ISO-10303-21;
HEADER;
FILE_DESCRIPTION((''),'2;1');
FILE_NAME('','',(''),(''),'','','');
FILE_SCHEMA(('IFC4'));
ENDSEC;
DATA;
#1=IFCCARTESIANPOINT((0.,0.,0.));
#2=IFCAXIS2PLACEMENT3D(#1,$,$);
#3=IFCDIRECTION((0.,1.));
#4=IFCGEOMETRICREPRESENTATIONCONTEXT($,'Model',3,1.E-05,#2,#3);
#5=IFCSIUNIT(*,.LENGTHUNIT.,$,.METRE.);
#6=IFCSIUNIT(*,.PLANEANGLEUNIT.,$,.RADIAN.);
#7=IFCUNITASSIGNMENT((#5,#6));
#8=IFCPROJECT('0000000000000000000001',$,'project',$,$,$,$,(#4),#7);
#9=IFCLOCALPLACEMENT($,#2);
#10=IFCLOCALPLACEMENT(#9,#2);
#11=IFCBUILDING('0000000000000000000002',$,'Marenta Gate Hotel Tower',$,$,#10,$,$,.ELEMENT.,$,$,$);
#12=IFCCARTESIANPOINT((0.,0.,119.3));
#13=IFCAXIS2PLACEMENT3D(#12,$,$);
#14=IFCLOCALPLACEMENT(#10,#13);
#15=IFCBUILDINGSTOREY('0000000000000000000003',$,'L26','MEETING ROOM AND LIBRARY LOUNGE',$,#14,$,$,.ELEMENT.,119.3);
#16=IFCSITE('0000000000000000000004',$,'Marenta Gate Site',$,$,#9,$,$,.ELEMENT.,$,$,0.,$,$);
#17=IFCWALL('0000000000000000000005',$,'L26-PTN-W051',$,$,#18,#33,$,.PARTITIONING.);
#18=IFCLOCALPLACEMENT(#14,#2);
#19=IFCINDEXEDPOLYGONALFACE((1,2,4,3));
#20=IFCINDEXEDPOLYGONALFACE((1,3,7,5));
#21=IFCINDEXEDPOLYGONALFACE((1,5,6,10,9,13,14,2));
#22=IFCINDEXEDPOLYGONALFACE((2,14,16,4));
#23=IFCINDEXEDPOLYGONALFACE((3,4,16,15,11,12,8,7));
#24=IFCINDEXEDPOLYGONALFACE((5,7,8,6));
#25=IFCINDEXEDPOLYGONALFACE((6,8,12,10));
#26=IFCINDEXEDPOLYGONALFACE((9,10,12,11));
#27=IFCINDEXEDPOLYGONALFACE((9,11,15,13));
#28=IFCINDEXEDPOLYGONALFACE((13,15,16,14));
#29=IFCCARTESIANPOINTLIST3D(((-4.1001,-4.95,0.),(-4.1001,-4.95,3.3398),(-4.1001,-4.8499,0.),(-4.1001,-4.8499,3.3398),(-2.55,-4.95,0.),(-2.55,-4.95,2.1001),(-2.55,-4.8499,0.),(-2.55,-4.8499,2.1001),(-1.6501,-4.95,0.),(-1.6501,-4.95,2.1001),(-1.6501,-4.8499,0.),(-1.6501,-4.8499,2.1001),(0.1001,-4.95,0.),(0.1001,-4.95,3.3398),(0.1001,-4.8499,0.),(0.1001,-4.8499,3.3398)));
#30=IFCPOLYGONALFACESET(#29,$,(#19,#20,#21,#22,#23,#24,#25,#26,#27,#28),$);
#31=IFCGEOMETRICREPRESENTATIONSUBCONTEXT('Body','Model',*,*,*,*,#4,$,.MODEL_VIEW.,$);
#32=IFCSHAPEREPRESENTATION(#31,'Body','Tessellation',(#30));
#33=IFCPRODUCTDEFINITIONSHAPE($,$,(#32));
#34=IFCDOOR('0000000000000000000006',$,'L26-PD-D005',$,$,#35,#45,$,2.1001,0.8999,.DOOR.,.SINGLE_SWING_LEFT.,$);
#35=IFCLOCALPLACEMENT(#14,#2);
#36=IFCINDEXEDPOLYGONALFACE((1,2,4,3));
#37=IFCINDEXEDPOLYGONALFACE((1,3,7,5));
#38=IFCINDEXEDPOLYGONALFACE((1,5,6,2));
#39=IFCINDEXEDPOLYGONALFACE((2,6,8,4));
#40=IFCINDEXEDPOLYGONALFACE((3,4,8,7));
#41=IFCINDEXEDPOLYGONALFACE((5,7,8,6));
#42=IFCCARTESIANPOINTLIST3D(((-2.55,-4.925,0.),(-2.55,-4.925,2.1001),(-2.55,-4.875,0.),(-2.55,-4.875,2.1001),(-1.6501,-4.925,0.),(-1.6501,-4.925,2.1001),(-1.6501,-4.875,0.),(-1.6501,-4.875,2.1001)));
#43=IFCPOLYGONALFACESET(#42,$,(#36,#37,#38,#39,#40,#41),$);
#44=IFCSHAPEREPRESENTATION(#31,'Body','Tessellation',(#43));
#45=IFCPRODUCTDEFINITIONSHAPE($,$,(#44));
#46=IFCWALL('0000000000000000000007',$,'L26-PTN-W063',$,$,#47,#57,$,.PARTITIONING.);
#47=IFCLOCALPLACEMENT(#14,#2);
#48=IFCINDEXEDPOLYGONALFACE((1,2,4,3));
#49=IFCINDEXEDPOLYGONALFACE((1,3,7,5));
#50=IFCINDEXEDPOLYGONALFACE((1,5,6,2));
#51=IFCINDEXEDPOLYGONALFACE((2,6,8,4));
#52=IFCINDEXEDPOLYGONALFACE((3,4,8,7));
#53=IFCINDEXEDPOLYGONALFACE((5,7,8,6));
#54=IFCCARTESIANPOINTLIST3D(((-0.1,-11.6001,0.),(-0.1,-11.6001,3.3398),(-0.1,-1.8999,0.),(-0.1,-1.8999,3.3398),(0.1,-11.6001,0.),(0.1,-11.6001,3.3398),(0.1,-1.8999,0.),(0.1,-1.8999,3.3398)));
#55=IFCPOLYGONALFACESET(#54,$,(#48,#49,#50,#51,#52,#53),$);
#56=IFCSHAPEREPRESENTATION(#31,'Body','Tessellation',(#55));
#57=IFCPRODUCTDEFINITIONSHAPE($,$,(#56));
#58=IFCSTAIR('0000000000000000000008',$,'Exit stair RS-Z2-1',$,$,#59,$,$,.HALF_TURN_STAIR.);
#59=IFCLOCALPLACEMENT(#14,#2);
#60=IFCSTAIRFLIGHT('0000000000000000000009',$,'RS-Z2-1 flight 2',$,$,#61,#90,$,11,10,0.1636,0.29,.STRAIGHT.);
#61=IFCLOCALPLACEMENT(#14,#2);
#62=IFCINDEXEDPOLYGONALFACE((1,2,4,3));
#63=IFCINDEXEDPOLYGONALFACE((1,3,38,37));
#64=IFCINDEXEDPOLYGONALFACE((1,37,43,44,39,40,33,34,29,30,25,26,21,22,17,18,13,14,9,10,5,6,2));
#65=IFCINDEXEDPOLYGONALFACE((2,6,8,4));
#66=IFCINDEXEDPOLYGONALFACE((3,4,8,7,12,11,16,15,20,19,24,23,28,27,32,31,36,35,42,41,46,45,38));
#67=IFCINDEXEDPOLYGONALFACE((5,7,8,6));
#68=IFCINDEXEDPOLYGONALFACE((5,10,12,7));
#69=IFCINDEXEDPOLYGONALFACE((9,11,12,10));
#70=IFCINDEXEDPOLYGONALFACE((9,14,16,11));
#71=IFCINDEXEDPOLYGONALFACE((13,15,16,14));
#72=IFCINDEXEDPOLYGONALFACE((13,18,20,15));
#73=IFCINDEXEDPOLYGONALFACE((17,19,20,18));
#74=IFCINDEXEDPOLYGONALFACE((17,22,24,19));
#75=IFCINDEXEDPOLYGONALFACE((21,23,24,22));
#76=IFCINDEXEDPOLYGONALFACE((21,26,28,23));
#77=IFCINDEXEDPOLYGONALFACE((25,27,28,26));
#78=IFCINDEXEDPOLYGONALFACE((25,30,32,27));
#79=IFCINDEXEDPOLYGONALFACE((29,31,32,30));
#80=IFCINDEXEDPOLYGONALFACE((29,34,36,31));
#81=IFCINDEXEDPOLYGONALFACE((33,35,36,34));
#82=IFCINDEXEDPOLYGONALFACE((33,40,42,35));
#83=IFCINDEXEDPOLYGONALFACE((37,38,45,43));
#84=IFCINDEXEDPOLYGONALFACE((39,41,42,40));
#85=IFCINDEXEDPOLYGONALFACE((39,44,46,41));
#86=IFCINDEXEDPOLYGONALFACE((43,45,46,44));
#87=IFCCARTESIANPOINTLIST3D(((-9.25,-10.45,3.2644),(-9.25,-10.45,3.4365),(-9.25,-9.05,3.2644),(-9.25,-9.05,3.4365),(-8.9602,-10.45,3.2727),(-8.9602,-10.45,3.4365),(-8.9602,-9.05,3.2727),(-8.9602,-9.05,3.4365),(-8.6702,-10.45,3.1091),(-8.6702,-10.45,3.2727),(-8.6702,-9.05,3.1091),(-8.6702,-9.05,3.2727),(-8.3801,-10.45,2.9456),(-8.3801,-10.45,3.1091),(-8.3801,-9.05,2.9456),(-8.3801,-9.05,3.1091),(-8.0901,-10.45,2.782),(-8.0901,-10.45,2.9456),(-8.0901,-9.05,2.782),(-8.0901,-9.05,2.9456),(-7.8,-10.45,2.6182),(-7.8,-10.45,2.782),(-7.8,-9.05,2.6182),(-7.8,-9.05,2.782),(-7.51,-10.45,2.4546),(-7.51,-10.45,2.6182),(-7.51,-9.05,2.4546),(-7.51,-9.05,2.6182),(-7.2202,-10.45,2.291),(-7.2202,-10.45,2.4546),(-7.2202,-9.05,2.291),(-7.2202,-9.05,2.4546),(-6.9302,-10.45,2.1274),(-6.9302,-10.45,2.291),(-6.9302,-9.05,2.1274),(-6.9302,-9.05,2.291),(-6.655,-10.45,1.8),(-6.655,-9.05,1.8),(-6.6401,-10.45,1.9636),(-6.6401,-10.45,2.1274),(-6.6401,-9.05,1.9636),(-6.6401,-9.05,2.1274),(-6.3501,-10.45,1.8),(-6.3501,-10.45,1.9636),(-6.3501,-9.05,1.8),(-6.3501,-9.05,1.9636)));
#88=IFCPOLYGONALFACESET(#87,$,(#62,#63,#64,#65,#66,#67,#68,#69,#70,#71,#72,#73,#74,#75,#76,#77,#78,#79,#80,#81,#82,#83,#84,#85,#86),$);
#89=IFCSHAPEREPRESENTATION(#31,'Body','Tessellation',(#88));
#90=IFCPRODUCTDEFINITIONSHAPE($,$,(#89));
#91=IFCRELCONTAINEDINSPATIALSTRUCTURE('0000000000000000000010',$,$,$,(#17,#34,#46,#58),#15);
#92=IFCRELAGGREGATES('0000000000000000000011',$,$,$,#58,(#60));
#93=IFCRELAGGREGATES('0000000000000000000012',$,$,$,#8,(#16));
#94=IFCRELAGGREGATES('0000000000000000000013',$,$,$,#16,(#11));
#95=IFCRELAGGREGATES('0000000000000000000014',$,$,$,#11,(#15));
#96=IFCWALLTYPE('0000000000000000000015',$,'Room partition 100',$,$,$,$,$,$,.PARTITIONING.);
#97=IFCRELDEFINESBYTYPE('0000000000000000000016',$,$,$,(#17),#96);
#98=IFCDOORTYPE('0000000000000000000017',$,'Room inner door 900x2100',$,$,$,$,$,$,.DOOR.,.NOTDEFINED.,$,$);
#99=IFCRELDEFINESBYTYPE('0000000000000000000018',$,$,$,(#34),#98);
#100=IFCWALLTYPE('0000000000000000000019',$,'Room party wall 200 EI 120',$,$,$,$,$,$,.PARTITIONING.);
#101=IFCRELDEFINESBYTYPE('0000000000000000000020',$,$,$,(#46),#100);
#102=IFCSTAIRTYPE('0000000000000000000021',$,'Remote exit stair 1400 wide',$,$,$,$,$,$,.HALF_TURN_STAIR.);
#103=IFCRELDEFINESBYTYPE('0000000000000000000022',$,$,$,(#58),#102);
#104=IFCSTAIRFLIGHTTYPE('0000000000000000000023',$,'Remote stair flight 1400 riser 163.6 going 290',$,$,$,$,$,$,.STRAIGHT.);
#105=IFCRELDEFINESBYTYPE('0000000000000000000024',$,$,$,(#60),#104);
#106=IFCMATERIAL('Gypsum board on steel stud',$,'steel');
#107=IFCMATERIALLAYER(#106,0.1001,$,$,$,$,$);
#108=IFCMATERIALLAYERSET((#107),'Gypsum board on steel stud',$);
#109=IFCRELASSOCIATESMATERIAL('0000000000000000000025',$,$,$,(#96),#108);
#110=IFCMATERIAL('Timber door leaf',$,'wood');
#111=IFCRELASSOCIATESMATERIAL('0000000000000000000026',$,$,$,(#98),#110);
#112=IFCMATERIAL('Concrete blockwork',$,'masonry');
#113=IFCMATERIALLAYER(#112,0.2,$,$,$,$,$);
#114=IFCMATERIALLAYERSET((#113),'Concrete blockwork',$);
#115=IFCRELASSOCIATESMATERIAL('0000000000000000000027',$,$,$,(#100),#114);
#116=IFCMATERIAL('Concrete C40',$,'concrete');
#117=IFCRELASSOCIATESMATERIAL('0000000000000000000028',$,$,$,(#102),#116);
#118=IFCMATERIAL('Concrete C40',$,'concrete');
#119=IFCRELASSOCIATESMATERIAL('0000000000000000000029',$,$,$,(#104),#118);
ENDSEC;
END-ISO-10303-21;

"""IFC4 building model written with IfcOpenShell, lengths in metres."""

from ifc_helpers import new_model, si_unit, direction, frame, frame_2d, origin, place, context, subcontext, project, spatial, polyline, rectangle, outline, extrude, material, layer, layer_set, type_object, element, fill, aggregate, save


model = new_model("IFC4")

# Units and contexts
model_context = context("Model", 3, precision=1e-05, world=origin(), true_north=direction((0.0, 1.0)))
body_context = subcontext(model_context, "Body", "Model", "MODEL_VIEW")
ifc_project = project(units=[si_unit("LENGTHUNIT", "METRE"), si_unit("PLANEANGLEUNIT", "RADIAN")], contexts=[model_context])

# Site, building, storey
site_placement = place(None, origin())
site = spatial("IfcSite", under=ifc_project, at=site_placement, Name="Marenta Gate Site", CompositionType="ELEMENT", RefElevation=0.0)
building_placement = place(site_placement, origin())
building = spatial("IfcBuilding", under=site, at=building_placement, Name="Marenta Gate Hotel Tower", CompositionType="ELEMENT")
storey_placement = place(building_placement, frame((0.0, 0.0, 119.3)))
storey = spatial("IfcBuildingStorey", under=building, at=storey_placement, Name="L26", Description="MEETING ROOM AND LIBRARY LOUNGE", CompositionType="ELEMENT", Elevation=119.3)

# Wall, opening, door
ifc_material_1 = material(Name="Gypsum board on steel stud", Category="steel")
ifc_layer_1 = layer(ifc_material_1, 0.1001)
ifc_layer_set_1 = layer_set([ifc_layer_1], Name="Gypsum board on steel stud")
wall_type_1 = type_object("IfcWallType", Name="Room partition 100", PredefinedType="PARTITIONING", material=ifc_layer_set_1)
wall_1_placement = place(storey_placement, frame((-4.1001, -4.8999, 0.0), z_axis=(0.0, 0.0, 1.0), x_axis=(1.0, 0.0, 0.0)))
wall_1 = element("IfcWall", 1, at=wall_1_placement, inside=storey, type_object=wall_type_1, Name="L26-PTN-W051", PredefinedType="PARTITIONING", context=body_context, shape_type="SweptSolid", body=[
    extrude(rectangle(XDim=4.2002, YDim=0.1001, at=frame_2d((2.1001, 0.0))), origin(), (0.0, 0.0, 1.0), 3.3398),
])
opening_1_placement = place(wall_1_placement, frame((1.55, 0.0, 0.0)))
opening_1 = element("IfcOpeningElement", 2, at=opening_1_placement, cuts=wall_1, PredefinedType="OPENING", context=body_context, shape_type="SweptSolid", body=[
    extrude(rectangle(XDim=0.8999, YDim=2.1001, at=frame_2d((0.45, 1.05))), frame((0.0, 0.05, 0.0), z_axis=(0.0, -1.0, 0.0), x_axis=(1.0, 0.0, 0.0)), (0.0, 0.0, 1.0), 0.1001),
])
ifc_material_2 = material(Name="Timber door leaf", Category="wood")
door_type_1 = type_object("IfcDoorType", Name="Room inner door 900x2100", OperationType="NOTDEFINED", PredefinedType="DOOR", material=ifc_material_2)
door_1_placement = place(opening_1_placement, origin())
door_1 = element("IfcDoor", 3, at=door_1_placement, inside=storey, type_object=door_type_1, Name="L26-PD-D005", OperationType="SINGLE_SWING_LEFT", OverallHeight=2.1001, OverallWidth=0.8999, PredefinedType="DOOR", context=body_context, shape_type="SweptSolid", body=[
    extrude(rectangle(XDim=0.8999, YDim=2.1001, at=frame_2d((0.45, 1.05))), frame((0.0, 0.0249, 0.0), z_axis=(0.0, -1.0, 0.0), x_axis=(1.0, 0.0, 0.0)), (0.0, 0.0, 1.0), 0.05),
])
fill(opening_1, door_1)

# Wall
ifc_material_3 = material(Name="Concrete blockwork", Category="masonry")
ifc_layer_2 = layer(ifc_material_3, 0.2)
ifc_layer_set_2 = layer_set([ifc_layer_2], Name="Concrete blockwork")
wall_type_2 = type_object("IfcWallType", Name="Room party wall 200 EI 120", PredefinedType="PARTITIONING", material=ifc_layer_set_2)
wall_2_placement = place(storey_placement, frame((0.0, -11.6001, 0.0), z_axis=(0.0, 0.0, 1.0), x_axis=(0.0, 1.0, 0.0)))
element("IfcWall", 4, at=wall_2_placement, inside=storey, type_object=wall_type_2, Name="L26-PTN-W063", PredefinedType="PARTITIONING", context=body_context, shape_type="SweptSolid", body=[
    extrude(rectangle(XDim=9.7002, YDim=0.2, at=frame_2d((4.8501, 0.0))), origin(), (0.0, 0.0, 1.0), 3.3398),
])

# Stair, stair flight
ifc_material_4 = material(Name="Concrete C40", Category="concrete")
stair_type = type_object("IfcStairType", Name="Remote exit stair 1400 wide", PredefinedType="HALF_TURN_STAIR", material=ifc_material_4)
stair_placement = place(storey_placement, origin())
stair = element("IfcStair", 5, at=stair_placement, inside=storey, type_object=stair_type, Name="Exit stair RS-Z2-1", PredefinedType="HALF_TURN_STAIR")
ifc_material_5 = material(Name="Concrete C40", Category="concrete")
stair_flight_type = type_object("IfcStairFlightType", Name="Remote stair flight 1400 riser 163.6 going 290", PredefinedType="STRAIGHT", material=ifc_material_5)
stair_flight_placement = place(storey_placement, frame((-6.3501, -9.75, 1.8), z_axis=(0.0, 0.0, 1.0), x_axis=(-1.0, 0.0, 0.0)))
stair_flight = element("IfcStairFlight", 6, at=stair_flight_placement, type_object=stair_flight_type, Name="RS-Z2-1 flight 2", NumberOfRisers=11, NumberOfTreads=10, PredefinedType="STRAIGHT", RiserHeight=0.1636, TreadLength=0.29, context=body_context, shape_type="SweptSolid", body=[
    extrude(outline(polyline([(0.0, 0.0), (0.0, 0.1636), (0.29, 0.1636), (0.29, 0.3274), (0.5801, 0.3274), (0.5801, 0.491), (0.8701, 0.491), (0.8701, 0.6545), (1.1599, 0.6545), (1.1599, 0.8181), (1.45, 0.8181), (1.45, 0.9819), (1.74, 0.9819), (1.74, 1.1455), (2.03, 1.1455), (2.03, 1.3091), (2.3201, 1.3091), (2.3201, 1.4727), (2.6101, 1.4727), (2.6101, 1.6365), (2.8999, 1.6365), (2.8999, 1.8), (2.8999, 1.4644), (0.3049, 0.0), (0.0, 0.0)])), frame((0.0, 0.7, 0.0), z_axis=(0.0, -1.0, 0.0), x_axis=(1.0, 0.0, 0.0)), (0.0, 0.0, 1.0), 1.3999),
])
aggregate(stair, [stair_flight])

save(model, "model.ifc")
